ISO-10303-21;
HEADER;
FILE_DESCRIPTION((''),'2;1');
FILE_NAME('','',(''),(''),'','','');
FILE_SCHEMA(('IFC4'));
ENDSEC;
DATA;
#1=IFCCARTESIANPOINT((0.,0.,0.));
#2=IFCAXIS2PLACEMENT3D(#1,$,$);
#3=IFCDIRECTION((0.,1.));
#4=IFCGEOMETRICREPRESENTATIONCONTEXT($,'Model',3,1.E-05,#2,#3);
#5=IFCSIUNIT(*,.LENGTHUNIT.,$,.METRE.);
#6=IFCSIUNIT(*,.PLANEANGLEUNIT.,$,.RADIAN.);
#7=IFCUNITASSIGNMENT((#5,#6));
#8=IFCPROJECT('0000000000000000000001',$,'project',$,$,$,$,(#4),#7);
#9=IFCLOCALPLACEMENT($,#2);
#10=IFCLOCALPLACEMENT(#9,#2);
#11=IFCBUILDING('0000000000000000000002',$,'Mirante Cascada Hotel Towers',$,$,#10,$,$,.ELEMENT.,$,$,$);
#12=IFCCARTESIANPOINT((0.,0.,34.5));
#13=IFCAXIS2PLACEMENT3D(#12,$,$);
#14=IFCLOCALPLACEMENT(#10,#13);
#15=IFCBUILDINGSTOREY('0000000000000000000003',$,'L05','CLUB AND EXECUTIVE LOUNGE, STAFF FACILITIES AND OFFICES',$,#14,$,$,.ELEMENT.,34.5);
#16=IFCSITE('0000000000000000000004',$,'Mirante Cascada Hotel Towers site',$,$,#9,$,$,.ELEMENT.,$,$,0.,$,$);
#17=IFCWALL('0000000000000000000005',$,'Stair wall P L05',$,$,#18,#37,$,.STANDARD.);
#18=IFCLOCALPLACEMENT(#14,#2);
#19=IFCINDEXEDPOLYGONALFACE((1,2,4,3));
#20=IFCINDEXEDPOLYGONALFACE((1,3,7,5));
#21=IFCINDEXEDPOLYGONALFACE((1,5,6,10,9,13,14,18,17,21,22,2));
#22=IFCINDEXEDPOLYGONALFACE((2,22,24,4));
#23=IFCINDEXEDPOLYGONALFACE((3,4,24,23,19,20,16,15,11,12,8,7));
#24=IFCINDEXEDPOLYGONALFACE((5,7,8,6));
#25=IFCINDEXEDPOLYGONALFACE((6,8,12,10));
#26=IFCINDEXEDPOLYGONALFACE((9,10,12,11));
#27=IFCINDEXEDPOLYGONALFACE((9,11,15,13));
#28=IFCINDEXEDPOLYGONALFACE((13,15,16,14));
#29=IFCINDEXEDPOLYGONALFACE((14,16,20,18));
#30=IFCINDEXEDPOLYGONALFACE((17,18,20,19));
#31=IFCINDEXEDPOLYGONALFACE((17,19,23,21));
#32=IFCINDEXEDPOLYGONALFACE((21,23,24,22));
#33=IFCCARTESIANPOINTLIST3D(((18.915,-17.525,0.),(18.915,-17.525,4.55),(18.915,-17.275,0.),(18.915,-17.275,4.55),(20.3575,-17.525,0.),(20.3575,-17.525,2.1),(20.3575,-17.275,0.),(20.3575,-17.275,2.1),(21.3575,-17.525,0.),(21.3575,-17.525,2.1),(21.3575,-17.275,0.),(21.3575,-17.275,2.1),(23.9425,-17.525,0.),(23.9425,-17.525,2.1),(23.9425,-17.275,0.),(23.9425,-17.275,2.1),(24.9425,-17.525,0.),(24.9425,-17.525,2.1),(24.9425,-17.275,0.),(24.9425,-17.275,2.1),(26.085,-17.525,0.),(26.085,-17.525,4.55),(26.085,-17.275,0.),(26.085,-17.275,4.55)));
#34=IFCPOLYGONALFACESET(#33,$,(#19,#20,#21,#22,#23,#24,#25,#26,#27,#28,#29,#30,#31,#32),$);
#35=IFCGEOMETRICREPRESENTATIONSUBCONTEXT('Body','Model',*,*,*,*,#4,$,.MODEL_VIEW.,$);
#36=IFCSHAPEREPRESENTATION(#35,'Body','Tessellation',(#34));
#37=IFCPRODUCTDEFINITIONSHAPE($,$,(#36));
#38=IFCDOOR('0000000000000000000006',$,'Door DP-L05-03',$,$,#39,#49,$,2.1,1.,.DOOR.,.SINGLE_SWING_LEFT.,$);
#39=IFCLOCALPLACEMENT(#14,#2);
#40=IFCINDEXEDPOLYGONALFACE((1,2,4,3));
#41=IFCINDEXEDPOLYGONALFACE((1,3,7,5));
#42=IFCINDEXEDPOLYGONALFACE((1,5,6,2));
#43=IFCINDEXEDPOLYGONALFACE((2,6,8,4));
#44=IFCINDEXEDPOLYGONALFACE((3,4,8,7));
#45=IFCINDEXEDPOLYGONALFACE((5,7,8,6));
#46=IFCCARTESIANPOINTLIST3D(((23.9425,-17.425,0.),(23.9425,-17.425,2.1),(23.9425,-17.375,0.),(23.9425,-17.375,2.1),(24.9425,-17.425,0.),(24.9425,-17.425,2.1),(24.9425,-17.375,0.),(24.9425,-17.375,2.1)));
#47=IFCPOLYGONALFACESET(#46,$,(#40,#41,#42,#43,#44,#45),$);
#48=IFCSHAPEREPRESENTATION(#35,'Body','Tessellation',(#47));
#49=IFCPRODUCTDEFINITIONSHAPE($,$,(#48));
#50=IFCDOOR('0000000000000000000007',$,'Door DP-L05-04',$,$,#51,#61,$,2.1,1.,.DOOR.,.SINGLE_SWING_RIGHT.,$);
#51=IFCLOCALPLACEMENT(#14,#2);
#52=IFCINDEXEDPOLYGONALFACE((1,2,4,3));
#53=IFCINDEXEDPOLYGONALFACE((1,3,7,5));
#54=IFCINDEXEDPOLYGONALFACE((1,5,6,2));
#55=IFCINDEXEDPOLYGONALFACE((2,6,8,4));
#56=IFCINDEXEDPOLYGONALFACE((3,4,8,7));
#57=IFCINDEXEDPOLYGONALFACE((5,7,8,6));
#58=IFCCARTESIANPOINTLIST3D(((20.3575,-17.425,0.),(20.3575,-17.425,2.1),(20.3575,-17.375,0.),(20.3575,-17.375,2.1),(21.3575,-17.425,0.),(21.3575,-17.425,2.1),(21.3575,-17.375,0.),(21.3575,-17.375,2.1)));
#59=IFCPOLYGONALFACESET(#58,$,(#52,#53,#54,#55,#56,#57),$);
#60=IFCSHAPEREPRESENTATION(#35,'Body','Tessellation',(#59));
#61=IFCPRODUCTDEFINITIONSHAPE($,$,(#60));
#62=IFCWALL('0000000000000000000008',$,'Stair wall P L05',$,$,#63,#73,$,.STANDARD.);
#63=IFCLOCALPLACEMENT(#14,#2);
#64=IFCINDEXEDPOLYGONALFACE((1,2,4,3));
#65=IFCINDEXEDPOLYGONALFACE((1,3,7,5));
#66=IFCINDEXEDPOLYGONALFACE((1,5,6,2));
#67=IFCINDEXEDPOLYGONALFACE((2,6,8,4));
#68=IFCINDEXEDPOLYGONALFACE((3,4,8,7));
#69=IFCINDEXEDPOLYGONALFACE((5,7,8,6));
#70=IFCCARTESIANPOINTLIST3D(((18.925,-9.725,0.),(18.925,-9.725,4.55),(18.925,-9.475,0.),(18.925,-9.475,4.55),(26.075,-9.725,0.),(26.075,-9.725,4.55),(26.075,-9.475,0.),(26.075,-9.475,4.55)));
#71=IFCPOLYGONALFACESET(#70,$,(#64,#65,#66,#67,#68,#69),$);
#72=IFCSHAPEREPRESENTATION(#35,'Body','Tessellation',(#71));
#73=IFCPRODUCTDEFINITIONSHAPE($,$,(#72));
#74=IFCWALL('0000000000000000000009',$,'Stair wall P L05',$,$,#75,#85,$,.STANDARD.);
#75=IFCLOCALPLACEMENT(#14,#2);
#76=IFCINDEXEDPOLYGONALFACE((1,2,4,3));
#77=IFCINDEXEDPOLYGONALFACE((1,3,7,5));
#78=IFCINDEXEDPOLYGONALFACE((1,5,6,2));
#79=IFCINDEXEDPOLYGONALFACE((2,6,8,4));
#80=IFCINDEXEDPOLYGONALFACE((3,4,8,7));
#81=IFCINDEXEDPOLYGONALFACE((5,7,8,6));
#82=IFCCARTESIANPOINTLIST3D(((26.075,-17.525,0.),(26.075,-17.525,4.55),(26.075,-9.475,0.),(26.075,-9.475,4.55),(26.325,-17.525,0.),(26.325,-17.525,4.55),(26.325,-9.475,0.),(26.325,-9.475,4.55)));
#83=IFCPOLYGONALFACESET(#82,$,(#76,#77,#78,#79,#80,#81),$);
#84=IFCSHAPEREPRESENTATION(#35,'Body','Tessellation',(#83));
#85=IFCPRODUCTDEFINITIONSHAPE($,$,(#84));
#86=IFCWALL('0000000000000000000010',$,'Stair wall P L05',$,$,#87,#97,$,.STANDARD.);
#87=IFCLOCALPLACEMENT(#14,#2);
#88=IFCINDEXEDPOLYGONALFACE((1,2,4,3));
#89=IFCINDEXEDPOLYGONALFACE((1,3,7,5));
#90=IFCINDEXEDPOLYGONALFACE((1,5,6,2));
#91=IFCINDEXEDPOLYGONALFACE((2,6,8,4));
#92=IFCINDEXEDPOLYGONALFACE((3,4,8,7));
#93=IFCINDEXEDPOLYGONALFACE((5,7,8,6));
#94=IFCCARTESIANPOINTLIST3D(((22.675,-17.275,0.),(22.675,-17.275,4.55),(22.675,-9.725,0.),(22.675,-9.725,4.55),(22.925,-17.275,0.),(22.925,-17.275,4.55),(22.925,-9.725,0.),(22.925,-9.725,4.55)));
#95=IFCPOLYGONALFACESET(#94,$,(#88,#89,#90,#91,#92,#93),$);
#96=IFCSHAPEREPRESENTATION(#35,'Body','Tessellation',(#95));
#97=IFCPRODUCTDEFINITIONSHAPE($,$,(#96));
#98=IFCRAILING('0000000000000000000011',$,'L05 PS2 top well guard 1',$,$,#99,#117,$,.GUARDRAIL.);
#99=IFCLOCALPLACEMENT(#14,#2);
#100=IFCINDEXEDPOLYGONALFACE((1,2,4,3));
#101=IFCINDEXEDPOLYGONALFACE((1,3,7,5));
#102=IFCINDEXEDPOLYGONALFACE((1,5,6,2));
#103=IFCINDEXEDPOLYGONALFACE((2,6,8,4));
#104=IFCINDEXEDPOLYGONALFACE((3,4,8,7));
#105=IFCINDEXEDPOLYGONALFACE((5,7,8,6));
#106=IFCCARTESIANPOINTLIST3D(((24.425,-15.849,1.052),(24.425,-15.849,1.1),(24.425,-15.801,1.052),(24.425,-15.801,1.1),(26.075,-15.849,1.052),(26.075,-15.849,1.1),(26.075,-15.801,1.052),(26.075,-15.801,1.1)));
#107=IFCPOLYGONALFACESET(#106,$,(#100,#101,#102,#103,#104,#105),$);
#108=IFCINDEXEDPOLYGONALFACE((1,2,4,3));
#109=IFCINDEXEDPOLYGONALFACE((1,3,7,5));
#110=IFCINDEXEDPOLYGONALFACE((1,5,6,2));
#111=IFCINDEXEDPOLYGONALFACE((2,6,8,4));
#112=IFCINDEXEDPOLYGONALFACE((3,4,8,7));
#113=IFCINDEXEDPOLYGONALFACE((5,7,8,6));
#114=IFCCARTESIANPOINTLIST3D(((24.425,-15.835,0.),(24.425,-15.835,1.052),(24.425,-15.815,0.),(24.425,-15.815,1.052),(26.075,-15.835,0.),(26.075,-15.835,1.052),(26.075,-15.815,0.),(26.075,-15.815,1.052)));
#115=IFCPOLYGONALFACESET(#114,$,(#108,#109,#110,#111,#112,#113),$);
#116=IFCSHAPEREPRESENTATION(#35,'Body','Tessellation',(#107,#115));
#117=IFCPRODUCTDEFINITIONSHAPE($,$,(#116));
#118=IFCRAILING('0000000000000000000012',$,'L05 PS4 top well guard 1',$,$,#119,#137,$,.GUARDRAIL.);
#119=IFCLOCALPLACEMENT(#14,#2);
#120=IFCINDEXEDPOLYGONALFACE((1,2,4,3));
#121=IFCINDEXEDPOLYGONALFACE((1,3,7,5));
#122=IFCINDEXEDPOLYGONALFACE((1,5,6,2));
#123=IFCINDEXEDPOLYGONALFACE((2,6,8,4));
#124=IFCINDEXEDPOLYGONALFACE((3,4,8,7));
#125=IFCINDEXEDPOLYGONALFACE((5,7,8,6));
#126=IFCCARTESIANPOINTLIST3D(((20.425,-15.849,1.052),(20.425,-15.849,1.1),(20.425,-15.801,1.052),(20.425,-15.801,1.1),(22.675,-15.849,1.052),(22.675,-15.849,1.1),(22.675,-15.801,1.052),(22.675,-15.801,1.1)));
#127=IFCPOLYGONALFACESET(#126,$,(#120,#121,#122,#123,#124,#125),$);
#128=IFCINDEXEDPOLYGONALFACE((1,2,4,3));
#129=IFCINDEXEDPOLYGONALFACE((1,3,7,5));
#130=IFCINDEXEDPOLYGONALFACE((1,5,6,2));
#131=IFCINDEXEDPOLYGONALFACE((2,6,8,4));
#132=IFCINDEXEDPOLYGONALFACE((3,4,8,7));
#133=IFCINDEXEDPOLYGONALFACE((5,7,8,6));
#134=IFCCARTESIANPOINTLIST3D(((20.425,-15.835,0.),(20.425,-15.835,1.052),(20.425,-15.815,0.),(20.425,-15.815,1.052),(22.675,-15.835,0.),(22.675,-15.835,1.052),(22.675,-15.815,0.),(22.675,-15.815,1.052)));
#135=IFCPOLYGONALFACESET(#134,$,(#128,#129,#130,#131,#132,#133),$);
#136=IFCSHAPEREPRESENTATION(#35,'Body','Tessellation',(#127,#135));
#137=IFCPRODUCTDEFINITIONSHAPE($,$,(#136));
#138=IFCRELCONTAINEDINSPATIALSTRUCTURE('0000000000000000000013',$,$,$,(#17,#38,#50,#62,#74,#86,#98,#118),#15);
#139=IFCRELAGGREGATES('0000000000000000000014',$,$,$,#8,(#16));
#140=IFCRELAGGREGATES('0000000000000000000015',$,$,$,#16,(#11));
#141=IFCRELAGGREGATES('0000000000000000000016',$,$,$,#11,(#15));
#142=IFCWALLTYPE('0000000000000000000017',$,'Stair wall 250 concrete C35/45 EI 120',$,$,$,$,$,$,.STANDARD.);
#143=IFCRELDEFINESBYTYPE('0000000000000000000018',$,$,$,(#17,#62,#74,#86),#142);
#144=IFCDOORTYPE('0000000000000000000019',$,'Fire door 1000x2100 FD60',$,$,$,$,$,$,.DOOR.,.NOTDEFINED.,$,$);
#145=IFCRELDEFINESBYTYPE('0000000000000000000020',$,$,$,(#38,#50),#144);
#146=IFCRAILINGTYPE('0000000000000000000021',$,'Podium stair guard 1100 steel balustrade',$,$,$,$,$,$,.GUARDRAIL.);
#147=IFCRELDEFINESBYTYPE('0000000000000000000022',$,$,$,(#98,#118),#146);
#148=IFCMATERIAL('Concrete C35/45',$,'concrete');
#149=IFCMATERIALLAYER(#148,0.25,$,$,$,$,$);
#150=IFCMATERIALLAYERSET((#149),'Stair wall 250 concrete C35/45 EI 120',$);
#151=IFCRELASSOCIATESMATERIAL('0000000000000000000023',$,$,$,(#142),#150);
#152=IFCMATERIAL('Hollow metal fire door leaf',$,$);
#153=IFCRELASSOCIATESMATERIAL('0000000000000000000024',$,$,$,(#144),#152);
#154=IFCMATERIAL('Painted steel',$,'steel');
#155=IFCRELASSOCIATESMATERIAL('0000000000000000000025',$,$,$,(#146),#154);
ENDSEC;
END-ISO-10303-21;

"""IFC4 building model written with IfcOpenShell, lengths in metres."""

from ifc_helpers import new_model, si_unit, direction, frame, frame_2d, origin, origin_2d, place, context, subcontext, project, spatial, rectangle, extrude, material, layer, layer_set, type_object, element, fill, save


model = new_model("IFC4")

# Units and contexts
model_context = context("Model", 3, precision=1e-05, world=origin(), true_north=direction((0.0, 1.0)))
body_context = subcontext(model_context, "Body", "Model", "MODEL_VIEW")
ifc_project = project(units=[si_unit("LENGTHUNIT", "METRE"), si_unit("PLANEANGLEUNIT", "RADIAN")], contexts=[model_context])

# Site, building, storey
site_placement = place(None, origin())
site = spatial("IfcSite", under=ifc_project, at=site_placement, Name="Mirante Cascada Hotel Towers site", CompositionType="ELEMENT", RefElevation=0.0)
building_placement = place(site_placement, origin())
building = spatial("IfcBuilding", under=site, at=building_placement, Name="Mirante Cascada Hotel Towers", CompositionType="ELEMENT")
storey_placement = place(building_placement, frame((0.0, 0.0, 34.5)))
storey = spatial("IfcBuildingStorey", under=building, at=storey_placement, Name="L05", Description="CLUB AND EXECUTIVE LOUNGE, STAFF FACILITIES AND OFFICES", CompositionType="ELEMENT", Elevation=34.5)

# Wall, openings, doors
ifc_material_1 = material(Name="Concrete C35/45", Category="concrete")
ifc_layer_1 = layer(ifc_material_1, 0.25)
ifc_layer_set_1 = layer_set([ifc_layer_1], Name="Stair wall 250 concrete C35/45 EI 120")
wall_type_1 = type_object("IfcWallType", Name="Stair wall 250 concrete C35/45 EI 120", PredefinedType="STANDARD", material=ifc_layer_set_1)
wall_1_placement = place(storey_placement, frame((18.915, -17.4, 0.0), z_axis=(0.0, 0.0, 1.0), x_axis=(1.0, 0.0, 0.0)))
wall_1 = element("IfcWall", 1, at=wall_1_placement, inside=storey, type_object=wall_type_1, Name="Stair wall P L05", PredefinedType="STANDARD", context=body_context, shape_type="SweptSolid", body=[
    extrude(rectangle(XDim=7.17, YDim=0.25, at=frame_2d((3.585, 0.0))), origin(), (0.0, 0.0, 1.0), 4.55),
])
opening_1_placement = place(wall_1_placement, frame((5.0275, 0.0, 0.0)))
opening_1 = element("IfcOpeningElement", 2, at=opening_1_placement, cuts=wall_1, PredefinedType="OPENING", context=body_context, shape_type="SweptSolid", body=[
    extrude(rectangle(XDim=1.0, YDim=2.1, at=frame_2d((0.5, 1.05))), frame((0.0, 0.125, 0.0), z_axis=(0.0, -1.0, 0.0), x_axis=(1.0, 0.0, 0.0)), (0.0, 0.0, 1.0), 0.25),
])
opening_2_placement = place(wall_1_placement, frame((1.4425, 0.0, 0.0)))
opening_2 = element("IfcOpeningElement", 3, at=opening_2_placement, cuts=wall_1, PredefinedType="OPENING", context=body_context, shape_type="SweptSolid", body=[
    extrude(rectangle(XDim=1.0, YDim=2.1, at=frame_2d((0.5, 1.05))), frame((0.0, 0.125, 0.0), z_axis=(0.0, -1.0, 0.0), x_axis=(1.0, 0.0, 0.0)), (0.0, 0.0, 1.0), 0.25),
])
ifc_material_2 = material(Name="Hollow metal fire door leaf")
door_type = type_object("IfcDoorType", Name="Fire door 1000x2100 FD60", OperationType="NOTDEFINED", PredefinedType="DOOR", material=ifc_material_2)
door_1_placement = place(opening_1_placement, origin())
door_1 = element("IfcDoor", 4, at=door_1_placement, inside=storey, type_object=door_type, Name="Door DP-L05-03", OperationType="SINGLE_SWING_LEFT", OverallHeight=2.1, OverallWidth=1.0, PredefinedType="DOOR", context=body_context, shape_type="SweptSolid", body=[
    extrude(rectangle(XDim=1.0, YDim=2.1, at=frame_2d((0.5, 1.05))), frame((0.0, 0.025, 0.0), z_axis=(0.0, -1.0, 0.0), x_axis=(1.0, 0.0, 0.0)), (0.0, 0.0, 1.0), 0.05),
])
fill(opening_1, door_1)
door_2_placement = place(opening_2_placement, origin())
door_2 = element("IfcDoor", 5, at=door_2_placement, inside=storey, type_object=door_type, Name="Door DP-L05-04", OperationType="SINGLE_SWING_RIGHT", OverallHeight=2.1, OverallWidth=1.0, PredefinedType="DOOR", context=body_context, shape_type="SweptSolid", body=[
    extrude(rectangle(XDim=1.0, YDim=2.1, at=frame_2d((0.5, 1.05))), frame((0.0, 0.025, 0.0), z_axis=(0.0, -1.0, 0.0), x_axis=(1.0, 0.0, 0.0)), (0.0, 0.0, 1.0), 0.05),
])
fill(opening_2, door_2)

# Walls
wall_2_placement = place(storey_placement, frame((18.925, -9.6, 0.0), z_axis=(0.0, 0.0, 1.0), x_axis=(1.0, 0.0, 0.0)))
element("IfcWall", 6, at=wall_2_placement, inside=storey, type_object=wall_type_1, Name="Stair wall P L05", PredefinedType="STANDARD", context=body_context, shape_type="SweptSolid", body=[
    extrude(rectangle(XDim=7.15, YDim=0.25, at=frame_2d((3.575, 0.0))), origin(), (0.0, 0.0, 1.0), 4.55),
])
wall_3_placement = place(storey_placement, frame((26.2, -17.525, 0.0), z_axis=(0.0, 0.0, 1.0), x_axis=(0.0, 1.0, 0.0)))
element("IfcWall", 7, at=wall_3_placement, inside=storey, type_object=wall_type_1, Name="Stair wall P L05", PredefinedType="STANDARD", context=body_context, shape_type="SweptSolid", body=[
    extrude(rectangle(XDim=8.05, YDim=0.25, at=frame_2d((4.025, 0.0))), origin(), (0.0, 0.0, 1.0), 4.55),
])
wall_4_placement = place(storey_placement, frame((22.8, -17.275, 0.0), z_axis=(0.0, 0.0, 1.0), x_axis=(0.0, 1.0, 0.0)))
element("IfcWall", 8, at=wall_4_placement, inside=storey, type_object=wall_type_1, Name="Stair wall P L05", PredefinedType="STANDARD", context=body_context, shape_type="SweptSolid", body=[
    extrude(rectangle(XDim=7.55, YDim=0.25, at=frame_2d((3.775, 0.0))), origin(), (0.0, 0.0, 1.0), 4.55),
])

# Railings
ifc_material_3 = material(Name="Painted steel", Category="steel")
railing_type = type_object("IfcRailingType", Name="Podium stair guard 1100 steel balustrade", PredefinedType="GUARDRAIL", material=ifc_material_3)
railing_1_placement = place(storey_placement, frame((26.075, -15.825, 0.0)))
element("IfcRailing", 9, at=railing_1_placement, inside=storey, type_object=railing_type, Name="L05 PS2 top well guard 1", PredefinedType="GUARDRAIL", context=body_context, shape_type="SweptSolid", body=[
    extrude(rectangle(XDim=0.048, YDim=0.048, at=origin_2d()), frame((0.0, 0.0, 1.076), z_axis=(-1.0, 0.0, 0.0), x_axis=(0.0, -1.0, 0.0)), (0.0, 0.0, 1.0), 1.65),
    extrude(rectangle(XDim=0.02, YDim=1.052, at=origin_2d()), frame((0.0, 0.0, 0.526), z_axis=(-1.0, 0.0, 0.0), x_axis=(0.0, -1.0, 0.0)), (0.0, 0.0, 1.0), 1.65),
])
railing_2_placement = place(storey_placement, frame((22.675, -15.825, 0.0)))
element("IfcRailing", 10, at=railing_2_placement, inside=storey, type_object=railing_type, Name="L05 PS4 top well guard 1", PredefinedType="GUARDRAIL", context=body_context, shape_type="SweptSolid", body=[
    extrude(rectangle(XDim=0.048, YDim=0.048, at=origin_2d()), frame((0.0, 0.0, 1.076), z_axis=(-1.0, 0.0, 0.0), x_axis=(0.0, -1.0, 0.0)), (0.0, 0.0, 1.0), 2.25),
    extrude(rectangle(XDim=0.02, YDim=1.052, at=origin_2d()), frame((0.0, 0.0, 0.526), z_axis=(-1.0, 0.0, 0.0), x_axis=(0.0, -1.0, 0.0)), (0.0, 0.0, 1.0), 2.25),
])

save(model, "model.ifc")
